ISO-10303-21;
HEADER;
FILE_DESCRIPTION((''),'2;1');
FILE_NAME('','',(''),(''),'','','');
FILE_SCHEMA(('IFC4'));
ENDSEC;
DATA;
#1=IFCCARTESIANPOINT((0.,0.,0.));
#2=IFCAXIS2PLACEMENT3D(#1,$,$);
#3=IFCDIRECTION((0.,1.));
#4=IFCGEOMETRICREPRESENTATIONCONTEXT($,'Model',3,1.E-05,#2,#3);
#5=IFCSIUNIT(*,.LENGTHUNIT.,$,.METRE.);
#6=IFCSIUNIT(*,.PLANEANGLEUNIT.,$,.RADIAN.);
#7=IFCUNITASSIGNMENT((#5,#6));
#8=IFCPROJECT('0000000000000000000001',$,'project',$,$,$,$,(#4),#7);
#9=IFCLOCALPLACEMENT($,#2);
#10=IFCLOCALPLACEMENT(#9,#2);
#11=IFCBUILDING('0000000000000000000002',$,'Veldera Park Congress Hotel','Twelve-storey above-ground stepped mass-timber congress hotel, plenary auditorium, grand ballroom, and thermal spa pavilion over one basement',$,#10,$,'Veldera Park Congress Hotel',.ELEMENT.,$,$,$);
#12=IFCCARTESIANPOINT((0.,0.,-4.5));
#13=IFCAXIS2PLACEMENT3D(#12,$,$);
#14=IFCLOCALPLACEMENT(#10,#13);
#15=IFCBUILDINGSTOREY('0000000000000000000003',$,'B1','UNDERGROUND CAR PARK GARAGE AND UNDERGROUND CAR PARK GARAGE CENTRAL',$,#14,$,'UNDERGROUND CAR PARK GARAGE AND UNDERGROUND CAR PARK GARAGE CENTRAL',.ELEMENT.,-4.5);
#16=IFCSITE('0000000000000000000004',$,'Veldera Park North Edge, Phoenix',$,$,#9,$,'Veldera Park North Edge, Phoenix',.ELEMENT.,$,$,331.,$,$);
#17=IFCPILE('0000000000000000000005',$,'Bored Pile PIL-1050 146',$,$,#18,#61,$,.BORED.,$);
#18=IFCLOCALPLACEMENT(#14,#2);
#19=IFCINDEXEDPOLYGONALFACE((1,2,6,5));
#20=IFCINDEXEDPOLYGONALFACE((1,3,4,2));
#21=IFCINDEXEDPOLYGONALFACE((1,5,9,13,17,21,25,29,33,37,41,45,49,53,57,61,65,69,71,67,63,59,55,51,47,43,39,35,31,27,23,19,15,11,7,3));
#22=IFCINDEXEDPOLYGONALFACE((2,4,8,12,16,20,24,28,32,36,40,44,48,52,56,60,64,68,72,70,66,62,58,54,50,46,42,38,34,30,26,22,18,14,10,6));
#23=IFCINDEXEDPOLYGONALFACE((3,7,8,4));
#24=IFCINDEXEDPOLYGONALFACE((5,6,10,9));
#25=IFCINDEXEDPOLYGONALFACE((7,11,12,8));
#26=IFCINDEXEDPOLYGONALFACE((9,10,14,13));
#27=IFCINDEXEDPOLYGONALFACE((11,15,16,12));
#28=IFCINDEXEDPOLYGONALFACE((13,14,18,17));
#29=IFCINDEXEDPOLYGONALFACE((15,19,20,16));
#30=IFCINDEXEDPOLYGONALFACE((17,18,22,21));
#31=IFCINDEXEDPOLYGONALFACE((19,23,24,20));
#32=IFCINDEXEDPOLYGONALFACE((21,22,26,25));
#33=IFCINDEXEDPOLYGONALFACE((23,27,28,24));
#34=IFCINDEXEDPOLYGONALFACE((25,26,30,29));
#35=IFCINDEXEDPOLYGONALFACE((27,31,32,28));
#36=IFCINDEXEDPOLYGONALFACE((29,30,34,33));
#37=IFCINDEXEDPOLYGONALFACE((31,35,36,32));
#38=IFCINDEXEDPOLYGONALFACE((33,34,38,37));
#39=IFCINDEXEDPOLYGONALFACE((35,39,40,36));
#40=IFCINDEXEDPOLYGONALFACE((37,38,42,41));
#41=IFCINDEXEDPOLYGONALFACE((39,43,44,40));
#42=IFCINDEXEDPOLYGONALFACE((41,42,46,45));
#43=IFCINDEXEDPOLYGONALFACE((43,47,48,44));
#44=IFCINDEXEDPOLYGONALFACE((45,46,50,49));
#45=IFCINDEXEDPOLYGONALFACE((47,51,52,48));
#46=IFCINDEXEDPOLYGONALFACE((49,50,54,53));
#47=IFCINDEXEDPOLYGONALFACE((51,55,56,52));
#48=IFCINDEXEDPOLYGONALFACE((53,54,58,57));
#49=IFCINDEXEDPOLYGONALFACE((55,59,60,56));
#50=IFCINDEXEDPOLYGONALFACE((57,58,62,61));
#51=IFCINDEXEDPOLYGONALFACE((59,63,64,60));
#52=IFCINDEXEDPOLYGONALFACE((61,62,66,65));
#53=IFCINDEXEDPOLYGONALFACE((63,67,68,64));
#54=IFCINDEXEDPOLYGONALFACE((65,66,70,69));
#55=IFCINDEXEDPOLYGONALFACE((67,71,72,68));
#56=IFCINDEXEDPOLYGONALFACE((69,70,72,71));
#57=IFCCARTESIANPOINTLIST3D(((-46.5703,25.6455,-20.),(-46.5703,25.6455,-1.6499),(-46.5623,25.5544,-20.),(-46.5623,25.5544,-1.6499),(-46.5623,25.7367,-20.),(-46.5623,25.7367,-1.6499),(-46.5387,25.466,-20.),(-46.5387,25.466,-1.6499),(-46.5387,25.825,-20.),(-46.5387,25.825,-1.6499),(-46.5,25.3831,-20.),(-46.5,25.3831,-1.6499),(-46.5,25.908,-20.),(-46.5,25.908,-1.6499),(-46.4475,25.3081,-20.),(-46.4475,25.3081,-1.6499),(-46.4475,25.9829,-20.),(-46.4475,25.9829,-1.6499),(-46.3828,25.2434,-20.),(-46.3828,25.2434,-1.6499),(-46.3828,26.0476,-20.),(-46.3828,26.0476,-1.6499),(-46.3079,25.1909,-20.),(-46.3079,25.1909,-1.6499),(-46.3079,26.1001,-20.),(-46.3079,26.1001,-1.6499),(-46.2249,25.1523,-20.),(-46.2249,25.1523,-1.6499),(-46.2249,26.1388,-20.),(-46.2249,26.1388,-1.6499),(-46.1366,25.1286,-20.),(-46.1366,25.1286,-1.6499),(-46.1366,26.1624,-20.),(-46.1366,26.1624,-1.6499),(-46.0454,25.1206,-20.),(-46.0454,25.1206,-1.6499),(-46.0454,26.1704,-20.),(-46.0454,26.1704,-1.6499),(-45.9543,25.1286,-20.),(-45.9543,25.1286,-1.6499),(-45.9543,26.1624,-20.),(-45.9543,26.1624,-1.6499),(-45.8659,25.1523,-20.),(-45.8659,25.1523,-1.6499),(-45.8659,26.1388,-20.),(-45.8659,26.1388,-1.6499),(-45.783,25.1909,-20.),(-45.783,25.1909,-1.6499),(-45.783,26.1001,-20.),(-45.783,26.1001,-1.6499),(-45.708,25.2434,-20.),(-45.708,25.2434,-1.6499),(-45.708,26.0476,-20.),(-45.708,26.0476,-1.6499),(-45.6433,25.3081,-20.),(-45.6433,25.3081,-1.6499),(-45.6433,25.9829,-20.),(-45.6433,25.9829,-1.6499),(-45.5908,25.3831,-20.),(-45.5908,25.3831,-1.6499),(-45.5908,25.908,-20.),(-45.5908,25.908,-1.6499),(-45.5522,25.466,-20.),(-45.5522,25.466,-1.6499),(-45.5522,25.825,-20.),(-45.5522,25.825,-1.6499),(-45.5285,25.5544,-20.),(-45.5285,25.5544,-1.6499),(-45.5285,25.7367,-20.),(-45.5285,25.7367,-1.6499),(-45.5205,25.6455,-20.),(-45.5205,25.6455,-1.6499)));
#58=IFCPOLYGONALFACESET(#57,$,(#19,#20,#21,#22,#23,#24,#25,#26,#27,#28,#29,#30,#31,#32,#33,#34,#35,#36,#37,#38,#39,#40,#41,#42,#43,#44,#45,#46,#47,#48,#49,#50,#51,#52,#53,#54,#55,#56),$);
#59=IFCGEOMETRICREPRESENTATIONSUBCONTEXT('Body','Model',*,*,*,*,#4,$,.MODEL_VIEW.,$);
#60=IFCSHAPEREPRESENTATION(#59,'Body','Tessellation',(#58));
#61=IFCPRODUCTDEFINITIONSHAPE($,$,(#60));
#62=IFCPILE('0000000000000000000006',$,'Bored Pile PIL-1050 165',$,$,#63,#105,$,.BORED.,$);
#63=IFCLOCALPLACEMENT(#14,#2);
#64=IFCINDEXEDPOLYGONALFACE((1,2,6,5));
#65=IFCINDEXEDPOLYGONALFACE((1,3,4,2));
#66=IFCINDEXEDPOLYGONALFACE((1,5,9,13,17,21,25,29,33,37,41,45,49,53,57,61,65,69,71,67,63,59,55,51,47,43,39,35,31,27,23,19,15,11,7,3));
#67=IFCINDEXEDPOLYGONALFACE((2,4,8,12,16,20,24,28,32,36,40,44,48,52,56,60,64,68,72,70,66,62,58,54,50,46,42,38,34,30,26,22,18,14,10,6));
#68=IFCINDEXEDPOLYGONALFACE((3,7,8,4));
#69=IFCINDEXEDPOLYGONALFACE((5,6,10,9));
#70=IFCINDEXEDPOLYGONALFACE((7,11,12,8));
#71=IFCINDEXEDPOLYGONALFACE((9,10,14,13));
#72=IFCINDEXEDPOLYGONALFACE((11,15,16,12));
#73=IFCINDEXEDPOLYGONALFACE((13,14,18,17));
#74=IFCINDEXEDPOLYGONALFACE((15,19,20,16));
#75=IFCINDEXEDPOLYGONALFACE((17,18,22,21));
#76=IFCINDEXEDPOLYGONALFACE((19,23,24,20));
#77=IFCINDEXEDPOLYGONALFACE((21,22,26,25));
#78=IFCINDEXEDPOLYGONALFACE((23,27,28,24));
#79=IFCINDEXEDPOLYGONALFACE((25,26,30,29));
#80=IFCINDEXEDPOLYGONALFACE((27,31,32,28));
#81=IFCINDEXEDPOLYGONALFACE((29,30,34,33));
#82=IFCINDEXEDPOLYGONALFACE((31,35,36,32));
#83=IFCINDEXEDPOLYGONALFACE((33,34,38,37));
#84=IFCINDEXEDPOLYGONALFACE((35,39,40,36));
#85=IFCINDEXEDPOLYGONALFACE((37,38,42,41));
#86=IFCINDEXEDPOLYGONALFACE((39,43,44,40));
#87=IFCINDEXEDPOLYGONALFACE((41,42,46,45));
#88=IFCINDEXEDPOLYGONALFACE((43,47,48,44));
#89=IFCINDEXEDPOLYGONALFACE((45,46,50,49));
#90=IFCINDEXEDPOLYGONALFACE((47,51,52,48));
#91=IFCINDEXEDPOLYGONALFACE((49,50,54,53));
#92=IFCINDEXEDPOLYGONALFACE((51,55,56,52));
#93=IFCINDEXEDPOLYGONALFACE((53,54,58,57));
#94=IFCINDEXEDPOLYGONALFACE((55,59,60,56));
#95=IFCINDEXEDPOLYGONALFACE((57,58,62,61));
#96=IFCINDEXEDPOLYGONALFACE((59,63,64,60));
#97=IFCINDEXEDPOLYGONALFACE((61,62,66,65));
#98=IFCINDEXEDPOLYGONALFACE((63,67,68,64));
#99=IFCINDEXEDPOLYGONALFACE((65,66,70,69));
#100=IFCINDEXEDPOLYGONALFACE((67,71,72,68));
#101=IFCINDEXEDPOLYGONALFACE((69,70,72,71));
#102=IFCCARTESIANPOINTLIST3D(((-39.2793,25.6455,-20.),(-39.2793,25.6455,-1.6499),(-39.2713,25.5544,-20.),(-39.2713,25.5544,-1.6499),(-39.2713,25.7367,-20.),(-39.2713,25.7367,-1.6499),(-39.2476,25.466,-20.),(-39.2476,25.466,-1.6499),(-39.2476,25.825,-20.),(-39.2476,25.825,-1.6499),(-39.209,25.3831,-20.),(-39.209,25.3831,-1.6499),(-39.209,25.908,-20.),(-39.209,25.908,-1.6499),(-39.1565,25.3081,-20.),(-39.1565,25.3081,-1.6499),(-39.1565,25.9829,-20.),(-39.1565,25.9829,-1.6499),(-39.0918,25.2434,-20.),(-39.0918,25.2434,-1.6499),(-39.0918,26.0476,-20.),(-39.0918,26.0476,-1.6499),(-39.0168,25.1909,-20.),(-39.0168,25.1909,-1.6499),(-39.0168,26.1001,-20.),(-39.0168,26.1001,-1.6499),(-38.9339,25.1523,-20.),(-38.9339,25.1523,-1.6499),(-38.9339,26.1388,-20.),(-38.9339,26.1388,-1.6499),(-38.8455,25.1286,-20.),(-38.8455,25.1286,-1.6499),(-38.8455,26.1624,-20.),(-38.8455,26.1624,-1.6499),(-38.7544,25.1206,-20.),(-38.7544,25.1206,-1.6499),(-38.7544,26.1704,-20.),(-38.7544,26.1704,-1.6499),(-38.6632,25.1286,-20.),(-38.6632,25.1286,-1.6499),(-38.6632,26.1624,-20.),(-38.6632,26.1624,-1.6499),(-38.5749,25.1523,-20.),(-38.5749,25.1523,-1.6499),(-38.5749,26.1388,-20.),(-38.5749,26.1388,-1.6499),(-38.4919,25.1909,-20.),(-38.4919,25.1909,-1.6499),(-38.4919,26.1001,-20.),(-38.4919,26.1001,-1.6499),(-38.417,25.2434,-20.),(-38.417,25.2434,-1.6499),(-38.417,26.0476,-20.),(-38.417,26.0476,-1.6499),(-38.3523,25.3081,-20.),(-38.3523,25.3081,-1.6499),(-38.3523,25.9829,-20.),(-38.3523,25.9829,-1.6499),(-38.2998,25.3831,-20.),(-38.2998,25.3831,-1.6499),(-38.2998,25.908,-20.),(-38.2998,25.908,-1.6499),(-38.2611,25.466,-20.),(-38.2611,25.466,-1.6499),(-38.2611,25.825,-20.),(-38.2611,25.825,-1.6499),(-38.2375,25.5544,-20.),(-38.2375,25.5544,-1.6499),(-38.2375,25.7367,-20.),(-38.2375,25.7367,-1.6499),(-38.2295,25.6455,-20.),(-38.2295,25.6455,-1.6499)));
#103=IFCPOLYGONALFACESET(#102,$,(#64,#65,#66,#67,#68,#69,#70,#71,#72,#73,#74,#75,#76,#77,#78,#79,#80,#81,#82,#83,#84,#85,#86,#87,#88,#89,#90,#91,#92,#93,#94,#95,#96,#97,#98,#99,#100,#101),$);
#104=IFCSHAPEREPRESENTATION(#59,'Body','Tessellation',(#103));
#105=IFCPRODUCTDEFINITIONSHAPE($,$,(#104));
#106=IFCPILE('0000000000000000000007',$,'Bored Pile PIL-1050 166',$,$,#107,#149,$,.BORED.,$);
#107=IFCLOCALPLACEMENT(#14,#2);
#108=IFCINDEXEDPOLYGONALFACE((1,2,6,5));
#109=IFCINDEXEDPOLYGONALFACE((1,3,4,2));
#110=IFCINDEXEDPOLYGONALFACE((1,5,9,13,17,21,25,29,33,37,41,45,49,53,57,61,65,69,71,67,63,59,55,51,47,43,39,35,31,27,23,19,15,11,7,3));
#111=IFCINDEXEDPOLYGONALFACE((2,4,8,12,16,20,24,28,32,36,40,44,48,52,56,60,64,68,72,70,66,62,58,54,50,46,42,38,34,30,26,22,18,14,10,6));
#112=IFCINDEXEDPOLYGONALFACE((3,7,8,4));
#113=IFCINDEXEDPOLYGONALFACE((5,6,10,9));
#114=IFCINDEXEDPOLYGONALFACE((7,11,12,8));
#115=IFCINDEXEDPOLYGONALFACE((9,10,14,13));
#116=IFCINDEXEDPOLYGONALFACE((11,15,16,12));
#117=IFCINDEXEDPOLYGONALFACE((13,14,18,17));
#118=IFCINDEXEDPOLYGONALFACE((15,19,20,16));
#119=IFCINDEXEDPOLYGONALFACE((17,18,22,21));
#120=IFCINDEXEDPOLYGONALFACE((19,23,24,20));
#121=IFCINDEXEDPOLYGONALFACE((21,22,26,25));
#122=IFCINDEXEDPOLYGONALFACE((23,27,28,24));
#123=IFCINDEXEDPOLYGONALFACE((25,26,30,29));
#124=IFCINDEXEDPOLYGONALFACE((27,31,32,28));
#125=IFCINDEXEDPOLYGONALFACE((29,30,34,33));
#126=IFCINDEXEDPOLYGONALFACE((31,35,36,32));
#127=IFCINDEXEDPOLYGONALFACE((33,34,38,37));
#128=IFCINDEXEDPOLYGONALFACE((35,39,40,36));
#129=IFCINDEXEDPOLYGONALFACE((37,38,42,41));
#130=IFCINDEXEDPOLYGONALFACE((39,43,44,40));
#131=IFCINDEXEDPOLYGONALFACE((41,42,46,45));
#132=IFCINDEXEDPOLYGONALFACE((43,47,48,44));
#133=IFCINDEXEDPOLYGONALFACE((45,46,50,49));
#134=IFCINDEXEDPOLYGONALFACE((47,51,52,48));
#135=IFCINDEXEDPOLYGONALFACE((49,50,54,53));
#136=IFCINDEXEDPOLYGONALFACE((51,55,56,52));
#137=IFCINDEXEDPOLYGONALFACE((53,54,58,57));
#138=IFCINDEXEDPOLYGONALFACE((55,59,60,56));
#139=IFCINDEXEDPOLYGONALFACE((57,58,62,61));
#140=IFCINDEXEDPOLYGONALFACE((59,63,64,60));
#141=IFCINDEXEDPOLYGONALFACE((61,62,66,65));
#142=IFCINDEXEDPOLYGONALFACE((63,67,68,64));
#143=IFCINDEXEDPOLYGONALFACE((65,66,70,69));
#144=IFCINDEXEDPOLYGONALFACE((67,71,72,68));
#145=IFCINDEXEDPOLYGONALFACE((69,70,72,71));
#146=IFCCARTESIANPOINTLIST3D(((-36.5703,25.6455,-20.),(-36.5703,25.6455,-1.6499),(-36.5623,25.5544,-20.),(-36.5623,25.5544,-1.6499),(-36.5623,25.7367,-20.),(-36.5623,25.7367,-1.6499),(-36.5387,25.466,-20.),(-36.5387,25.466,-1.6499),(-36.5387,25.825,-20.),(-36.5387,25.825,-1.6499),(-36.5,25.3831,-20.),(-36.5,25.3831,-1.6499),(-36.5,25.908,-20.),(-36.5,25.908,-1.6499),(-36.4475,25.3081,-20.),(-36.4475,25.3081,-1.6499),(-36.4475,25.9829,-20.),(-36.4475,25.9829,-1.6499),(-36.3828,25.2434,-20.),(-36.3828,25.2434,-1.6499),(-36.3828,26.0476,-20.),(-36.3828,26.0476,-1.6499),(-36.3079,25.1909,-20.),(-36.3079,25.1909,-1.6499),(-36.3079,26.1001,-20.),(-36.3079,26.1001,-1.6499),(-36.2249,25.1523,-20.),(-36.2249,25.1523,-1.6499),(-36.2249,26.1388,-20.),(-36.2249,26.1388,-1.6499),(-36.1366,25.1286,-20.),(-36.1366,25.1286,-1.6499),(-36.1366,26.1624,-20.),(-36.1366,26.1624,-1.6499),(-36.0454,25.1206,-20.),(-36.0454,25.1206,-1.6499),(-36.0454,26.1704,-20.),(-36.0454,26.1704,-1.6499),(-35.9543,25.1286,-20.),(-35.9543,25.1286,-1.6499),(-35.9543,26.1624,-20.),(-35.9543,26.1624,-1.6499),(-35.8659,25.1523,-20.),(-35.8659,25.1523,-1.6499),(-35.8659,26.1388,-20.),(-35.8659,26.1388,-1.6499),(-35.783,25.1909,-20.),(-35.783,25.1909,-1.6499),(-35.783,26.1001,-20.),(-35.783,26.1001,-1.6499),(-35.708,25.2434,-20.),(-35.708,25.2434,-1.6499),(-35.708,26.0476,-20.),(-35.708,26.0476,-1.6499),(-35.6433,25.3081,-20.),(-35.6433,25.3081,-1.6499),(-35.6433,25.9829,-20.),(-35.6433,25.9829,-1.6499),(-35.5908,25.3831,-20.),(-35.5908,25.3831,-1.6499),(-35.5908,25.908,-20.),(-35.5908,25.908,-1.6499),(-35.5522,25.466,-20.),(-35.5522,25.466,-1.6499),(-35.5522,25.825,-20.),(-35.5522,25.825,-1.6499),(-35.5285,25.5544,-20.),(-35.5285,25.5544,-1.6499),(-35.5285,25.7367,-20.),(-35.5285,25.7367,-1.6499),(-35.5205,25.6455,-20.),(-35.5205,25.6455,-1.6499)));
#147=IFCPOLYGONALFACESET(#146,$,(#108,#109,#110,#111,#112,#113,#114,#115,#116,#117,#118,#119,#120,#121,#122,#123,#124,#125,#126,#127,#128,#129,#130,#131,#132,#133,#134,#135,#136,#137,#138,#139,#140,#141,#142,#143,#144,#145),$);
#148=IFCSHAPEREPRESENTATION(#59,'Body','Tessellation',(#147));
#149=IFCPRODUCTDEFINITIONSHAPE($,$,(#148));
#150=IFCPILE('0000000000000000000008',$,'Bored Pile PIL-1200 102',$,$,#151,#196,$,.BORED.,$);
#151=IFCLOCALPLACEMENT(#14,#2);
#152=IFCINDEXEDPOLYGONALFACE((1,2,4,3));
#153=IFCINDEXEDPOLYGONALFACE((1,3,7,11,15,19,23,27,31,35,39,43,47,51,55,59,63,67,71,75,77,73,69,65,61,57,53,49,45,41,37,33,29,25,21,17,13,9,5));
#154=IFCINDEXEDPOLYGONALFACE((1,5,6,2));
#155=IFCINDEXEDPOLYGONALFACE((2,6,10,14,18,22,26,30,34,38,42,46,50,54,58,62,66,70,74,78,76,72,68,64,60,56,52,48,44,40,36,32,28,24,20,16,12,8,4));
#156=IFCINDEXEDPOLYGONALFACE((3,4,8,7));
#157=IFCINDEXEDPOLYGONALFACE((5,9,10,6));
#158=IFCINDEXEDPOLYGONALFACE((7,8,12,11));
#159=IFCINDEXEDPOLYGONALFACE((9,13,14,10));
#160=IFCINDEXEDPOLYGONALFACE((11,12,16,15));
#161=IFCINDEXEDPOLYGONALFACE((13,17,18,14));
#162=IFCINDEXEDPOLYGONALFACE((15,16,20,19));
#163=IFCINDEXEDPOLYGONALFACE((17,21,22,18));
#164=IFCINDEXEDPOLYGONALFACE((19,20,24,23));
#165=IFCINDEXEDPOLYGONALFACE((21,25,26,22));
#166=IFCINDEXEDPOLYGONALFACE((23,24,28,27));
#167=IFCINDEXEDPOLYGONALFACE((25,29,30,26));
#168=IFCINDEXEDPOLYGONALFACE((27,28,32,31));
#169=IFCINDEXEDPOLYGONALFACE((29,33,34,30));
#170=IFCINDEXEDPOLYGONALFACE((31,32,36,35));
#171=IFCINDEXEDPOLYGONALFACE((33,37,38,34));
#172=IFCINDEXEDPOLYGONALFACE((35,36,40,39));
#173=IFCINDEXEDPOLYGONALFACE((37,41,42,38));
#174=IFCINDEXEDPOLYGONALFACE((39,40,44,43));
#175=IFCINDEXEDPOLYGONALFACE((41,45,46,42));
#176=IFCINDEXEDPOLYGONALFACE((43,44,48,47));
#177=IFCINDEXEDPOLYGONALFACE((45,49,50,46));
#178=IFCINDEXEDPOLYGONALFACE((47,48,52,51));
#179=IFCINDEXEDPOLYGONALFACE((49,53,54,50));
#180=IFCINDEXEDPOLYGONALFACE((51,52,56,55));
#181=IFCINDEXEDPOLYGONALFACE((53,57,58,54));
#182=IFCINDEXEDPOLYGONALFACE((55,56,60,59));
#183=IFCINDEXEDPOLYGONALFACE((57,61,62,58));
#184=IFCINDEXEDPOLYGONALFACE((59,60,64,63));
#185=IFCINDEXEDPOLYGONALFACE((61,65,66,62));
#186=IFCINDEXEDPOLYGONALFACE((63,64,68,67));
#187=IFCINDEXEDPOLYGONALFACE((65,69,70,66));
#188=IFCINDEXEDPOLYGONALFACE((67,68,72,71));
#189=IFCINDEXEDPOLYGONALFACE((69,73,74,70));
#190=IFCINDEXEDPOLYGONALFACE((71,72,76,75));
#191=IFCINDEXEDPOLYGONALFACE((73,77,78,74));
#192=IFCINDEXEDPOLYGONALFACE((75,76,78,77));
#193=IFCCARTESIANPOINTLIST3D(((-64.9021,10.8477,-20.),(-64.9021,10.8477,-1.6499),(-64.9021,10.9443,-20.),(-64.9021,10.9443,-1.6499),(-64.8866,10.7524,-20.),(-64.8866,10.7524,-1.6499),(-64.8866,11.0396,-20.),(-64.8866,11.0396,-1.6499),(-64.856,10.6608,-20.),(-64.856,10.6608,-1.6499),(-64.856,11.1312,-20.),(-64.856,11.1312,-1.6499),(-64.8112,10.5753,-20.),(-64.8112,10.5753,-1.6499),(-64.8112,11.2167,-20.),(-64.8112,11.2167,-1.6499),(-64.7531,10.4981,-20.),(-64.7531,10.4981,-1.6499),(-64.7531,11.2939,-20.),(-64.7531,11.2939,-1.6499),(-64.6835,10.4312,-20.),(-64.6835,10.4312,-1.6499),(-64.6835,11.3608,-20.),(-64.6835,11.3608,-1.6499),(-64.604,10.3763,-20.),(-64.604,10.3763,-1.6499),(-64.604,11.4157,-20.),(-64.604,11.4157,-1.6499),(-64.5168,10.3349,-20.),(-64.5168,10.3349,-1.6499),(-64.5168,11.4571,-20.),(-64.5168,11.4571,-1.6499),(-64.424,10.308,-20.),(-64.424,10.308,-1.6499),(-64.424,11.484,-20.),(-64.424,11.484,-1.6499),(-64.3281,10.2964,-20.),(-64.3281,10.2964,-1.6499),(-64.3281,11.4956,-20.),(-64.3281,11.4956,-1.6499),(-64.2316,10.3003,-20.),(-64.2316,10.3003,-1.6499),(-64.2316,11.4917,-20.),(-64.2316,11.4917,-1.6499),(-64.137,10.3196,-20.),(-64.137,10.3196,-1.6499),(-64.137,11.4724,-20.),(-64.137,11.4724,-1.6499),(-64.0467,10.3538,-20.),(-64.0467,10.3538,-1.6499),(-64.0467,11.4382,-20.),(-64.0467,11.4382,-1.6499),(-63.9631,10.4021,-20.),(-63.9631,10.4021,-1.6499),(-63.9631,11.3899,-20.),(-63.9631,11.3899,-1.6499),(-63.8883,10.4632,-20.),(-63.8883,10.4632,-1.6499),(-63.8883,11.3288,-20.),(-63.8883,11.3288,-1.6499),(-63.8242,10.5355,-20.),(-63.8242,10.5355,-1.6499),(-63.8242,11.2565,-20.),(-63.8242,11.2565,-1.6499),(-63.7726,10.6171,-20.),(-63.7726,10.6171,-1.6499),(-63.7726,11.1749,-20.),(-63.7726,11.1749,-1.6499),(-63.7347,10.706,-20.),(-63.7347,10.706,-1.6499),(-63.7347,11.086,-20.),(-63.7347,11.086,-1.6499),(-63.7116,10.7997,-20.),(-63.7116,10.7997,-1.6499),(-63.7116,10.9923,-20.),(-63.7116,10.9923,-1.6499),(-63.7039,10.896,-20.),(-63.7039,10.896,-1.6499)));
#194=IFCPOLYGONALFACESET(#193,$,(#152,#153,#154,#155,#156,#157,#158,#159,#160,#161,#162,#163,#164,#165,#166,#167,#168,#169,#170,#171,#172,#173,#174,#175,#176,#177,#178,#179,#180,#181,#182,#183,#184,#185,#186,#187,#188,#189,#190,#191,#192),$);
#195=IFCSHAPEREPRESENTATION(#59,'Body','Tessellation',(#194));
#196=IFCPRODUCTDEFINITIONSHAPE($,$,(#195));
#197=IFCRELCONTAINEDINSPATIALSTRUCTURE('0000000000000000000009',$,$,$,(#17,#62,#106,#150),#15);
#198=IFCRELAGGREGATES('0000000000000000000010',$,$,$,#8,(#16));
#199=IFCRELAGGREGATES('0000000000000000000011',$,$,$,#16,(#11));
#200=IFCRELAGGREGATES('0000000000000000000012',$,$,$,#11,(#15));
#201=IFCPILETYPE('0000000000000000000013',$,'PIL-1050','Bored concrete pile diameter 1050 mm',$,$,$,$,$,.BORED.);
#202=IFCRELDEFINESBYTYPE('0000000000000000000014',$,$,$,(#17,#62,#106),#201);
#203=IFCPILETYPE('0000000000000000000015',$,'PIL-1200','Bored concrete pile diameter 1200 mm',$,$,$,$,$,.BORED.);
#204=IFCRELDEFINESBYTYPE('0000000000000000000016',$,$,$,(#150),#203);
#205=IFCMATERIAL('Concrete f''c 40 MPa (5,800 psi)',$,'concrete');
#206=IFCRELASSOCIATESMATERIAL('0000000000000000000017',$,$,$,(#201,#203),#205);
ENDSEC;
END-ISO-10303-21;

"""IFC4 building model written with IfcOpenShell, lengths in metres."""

from ifc_helpers import new_model, si_unit, direction, frame, origin, origin_2d, place, context, subcontext, project, spatial, circle, extrude, material, material_profile, profile_set, type_object, element, save


model = new_model("IFC4")

# Units and contexts
model_context = context("Model", 3, precision=1e-05, world=origin(), true_north=direction((0.0, 1.0)))
body_context = subcontext(model_context, "Body", "Model", "MODEL_VIEW")
ifc_project = project(units=[si_unit("LENGTHUNIT", "METRE"), si_unit("PLANEANGLEUNIT", "RADIAN")], contexts=[model_context])

# Site, building, storey
site_placement = place(None, origin())
site = spatial("IfcSite", under=ifc_project, at=site_placement, Name="Veldera Park North Edge, Phoenix", LongName="Veldera Park North Edge, Phoenix", CompositionType="ELEMENT", RefElevation=331.0)
building_placement = place(site_placement, origin())
building = spatial("IfcBuilding", under=site, at=building_placement, Name="Veldera Park Congress Hotel", Description="Twelve-storey above-ground stepped mass-timber congress hotel, plenary auditorium, grand ballroom, and thermal spa pavilion over one basement", LongName="Veldera Park Congress Hotel", CompositionType="ELEMENT")
storey_placement = place(building_placement, frame((0.0, 0.0, -4.5)))
storey = spatial("IfcBuildingStorey", under=building, at=storey_placement, Name="B1", Description="UNDERGROUND CAR PARK GARAGE AND UNDERGROUND CAR PARK GARAGE CENTRAL", LongName="UNDERGROUND CAR PARK GARAGE AND UNDERGROUND CAR PARK GARAGE CENTRAL", CompositionType="ELEMENT", Elevation=-4.5)

# Shared definitions
ifc_material_1 = material(Name="Concrete f'c 40 MPa (5,800 psi)", Category="concrete")

# Piles
ifc_material_profile_1 = material_profile(ifc_material_1, circle(Radius=0.5249, at=origin_2d()), Name="PILE D1050")
ifc_profile_set_1 = profile_set([ifc_material_profile_1], Name="Concrete f'c 40 MPa (5,800 psi)")
pile_type_1 = type_object("IfcPileType", Name="PIL-1050", Description="Bored concrete pile diameter 1050 mm", PredefinedType="BORED", material=ifc_profile_set_1)
for number, where, z_axis, x_axis, name in (
    (1, (-46.0454, 25.6455, -1.6499), (0.0, 0.0, -1.0), (1.0, 0.0, 0.0), "Bored Pile PIL-1050 146"),
    (2, (-38.7544, 25.6455, -1.6499), (0.0, 0.0, -1.0), (1.0, 0.0, 0.0), "Bored Pile PIL-1050 165"),
    (3, (-36.0454, 25.6455, -1.6499), (0.0, 0.0, -1.0), (1.0, 0.0, 0.0), "Bored Pile PIL-1050 166"),
):
    element("IfcPile", number, at=place(storey_placement, frame(where, z_axis=z_axis, x_axis=x_axis)), inside=storey, type_object=pile_type_1, Name=name, PredefinedType="BORED", context=body_context, shape_type="SweptSolid", body=[
        extrude(circle(Radius=0.5249, at=origin_2d()), origin(), (0.0, 0.0, 1.0), 18.3501),
    ])
ifc_material_profile_2 = material_profile(ifc_material_1, circle(Radius=0.6001, at=origin_2d()), Name="PILE D1200")
ifc_profile_set_2 = profile_set([ifc_material_profile_2], Name="Concrete f'c 40 MPa (5,800 psi)")
pile_type_2 = type_object("IfcPileType", Name="PIL-1200", Description="Bored concrete pile diameter 1200 mm", PredefinedType="BORED", material=ifc_profile_set_2)
for number, where, z_axis, x_axis, name in (
    (4, (-64.304, 10.896, -1.6499), (0.0, 0.0, -1.0), (1.0, 0.0, 0.0), "Bored Pile PIL-1200 102"),
):
    element("IfcPile", number, at=place(storey_placement, frame(where, z_axis=z_axis, x_axis=x_axis)), inside=storey, type_object=pile_type_2, Name=name, PredefinedType="BORED", context=body_context, shape_type="SweptSolid", body=[
        extrude(circle(Radius=0.6001, at=origin_2d()), origin(), (0.0, 0.0, 1.0), 18.3501),
    ])

save(model, "model.ifc")
